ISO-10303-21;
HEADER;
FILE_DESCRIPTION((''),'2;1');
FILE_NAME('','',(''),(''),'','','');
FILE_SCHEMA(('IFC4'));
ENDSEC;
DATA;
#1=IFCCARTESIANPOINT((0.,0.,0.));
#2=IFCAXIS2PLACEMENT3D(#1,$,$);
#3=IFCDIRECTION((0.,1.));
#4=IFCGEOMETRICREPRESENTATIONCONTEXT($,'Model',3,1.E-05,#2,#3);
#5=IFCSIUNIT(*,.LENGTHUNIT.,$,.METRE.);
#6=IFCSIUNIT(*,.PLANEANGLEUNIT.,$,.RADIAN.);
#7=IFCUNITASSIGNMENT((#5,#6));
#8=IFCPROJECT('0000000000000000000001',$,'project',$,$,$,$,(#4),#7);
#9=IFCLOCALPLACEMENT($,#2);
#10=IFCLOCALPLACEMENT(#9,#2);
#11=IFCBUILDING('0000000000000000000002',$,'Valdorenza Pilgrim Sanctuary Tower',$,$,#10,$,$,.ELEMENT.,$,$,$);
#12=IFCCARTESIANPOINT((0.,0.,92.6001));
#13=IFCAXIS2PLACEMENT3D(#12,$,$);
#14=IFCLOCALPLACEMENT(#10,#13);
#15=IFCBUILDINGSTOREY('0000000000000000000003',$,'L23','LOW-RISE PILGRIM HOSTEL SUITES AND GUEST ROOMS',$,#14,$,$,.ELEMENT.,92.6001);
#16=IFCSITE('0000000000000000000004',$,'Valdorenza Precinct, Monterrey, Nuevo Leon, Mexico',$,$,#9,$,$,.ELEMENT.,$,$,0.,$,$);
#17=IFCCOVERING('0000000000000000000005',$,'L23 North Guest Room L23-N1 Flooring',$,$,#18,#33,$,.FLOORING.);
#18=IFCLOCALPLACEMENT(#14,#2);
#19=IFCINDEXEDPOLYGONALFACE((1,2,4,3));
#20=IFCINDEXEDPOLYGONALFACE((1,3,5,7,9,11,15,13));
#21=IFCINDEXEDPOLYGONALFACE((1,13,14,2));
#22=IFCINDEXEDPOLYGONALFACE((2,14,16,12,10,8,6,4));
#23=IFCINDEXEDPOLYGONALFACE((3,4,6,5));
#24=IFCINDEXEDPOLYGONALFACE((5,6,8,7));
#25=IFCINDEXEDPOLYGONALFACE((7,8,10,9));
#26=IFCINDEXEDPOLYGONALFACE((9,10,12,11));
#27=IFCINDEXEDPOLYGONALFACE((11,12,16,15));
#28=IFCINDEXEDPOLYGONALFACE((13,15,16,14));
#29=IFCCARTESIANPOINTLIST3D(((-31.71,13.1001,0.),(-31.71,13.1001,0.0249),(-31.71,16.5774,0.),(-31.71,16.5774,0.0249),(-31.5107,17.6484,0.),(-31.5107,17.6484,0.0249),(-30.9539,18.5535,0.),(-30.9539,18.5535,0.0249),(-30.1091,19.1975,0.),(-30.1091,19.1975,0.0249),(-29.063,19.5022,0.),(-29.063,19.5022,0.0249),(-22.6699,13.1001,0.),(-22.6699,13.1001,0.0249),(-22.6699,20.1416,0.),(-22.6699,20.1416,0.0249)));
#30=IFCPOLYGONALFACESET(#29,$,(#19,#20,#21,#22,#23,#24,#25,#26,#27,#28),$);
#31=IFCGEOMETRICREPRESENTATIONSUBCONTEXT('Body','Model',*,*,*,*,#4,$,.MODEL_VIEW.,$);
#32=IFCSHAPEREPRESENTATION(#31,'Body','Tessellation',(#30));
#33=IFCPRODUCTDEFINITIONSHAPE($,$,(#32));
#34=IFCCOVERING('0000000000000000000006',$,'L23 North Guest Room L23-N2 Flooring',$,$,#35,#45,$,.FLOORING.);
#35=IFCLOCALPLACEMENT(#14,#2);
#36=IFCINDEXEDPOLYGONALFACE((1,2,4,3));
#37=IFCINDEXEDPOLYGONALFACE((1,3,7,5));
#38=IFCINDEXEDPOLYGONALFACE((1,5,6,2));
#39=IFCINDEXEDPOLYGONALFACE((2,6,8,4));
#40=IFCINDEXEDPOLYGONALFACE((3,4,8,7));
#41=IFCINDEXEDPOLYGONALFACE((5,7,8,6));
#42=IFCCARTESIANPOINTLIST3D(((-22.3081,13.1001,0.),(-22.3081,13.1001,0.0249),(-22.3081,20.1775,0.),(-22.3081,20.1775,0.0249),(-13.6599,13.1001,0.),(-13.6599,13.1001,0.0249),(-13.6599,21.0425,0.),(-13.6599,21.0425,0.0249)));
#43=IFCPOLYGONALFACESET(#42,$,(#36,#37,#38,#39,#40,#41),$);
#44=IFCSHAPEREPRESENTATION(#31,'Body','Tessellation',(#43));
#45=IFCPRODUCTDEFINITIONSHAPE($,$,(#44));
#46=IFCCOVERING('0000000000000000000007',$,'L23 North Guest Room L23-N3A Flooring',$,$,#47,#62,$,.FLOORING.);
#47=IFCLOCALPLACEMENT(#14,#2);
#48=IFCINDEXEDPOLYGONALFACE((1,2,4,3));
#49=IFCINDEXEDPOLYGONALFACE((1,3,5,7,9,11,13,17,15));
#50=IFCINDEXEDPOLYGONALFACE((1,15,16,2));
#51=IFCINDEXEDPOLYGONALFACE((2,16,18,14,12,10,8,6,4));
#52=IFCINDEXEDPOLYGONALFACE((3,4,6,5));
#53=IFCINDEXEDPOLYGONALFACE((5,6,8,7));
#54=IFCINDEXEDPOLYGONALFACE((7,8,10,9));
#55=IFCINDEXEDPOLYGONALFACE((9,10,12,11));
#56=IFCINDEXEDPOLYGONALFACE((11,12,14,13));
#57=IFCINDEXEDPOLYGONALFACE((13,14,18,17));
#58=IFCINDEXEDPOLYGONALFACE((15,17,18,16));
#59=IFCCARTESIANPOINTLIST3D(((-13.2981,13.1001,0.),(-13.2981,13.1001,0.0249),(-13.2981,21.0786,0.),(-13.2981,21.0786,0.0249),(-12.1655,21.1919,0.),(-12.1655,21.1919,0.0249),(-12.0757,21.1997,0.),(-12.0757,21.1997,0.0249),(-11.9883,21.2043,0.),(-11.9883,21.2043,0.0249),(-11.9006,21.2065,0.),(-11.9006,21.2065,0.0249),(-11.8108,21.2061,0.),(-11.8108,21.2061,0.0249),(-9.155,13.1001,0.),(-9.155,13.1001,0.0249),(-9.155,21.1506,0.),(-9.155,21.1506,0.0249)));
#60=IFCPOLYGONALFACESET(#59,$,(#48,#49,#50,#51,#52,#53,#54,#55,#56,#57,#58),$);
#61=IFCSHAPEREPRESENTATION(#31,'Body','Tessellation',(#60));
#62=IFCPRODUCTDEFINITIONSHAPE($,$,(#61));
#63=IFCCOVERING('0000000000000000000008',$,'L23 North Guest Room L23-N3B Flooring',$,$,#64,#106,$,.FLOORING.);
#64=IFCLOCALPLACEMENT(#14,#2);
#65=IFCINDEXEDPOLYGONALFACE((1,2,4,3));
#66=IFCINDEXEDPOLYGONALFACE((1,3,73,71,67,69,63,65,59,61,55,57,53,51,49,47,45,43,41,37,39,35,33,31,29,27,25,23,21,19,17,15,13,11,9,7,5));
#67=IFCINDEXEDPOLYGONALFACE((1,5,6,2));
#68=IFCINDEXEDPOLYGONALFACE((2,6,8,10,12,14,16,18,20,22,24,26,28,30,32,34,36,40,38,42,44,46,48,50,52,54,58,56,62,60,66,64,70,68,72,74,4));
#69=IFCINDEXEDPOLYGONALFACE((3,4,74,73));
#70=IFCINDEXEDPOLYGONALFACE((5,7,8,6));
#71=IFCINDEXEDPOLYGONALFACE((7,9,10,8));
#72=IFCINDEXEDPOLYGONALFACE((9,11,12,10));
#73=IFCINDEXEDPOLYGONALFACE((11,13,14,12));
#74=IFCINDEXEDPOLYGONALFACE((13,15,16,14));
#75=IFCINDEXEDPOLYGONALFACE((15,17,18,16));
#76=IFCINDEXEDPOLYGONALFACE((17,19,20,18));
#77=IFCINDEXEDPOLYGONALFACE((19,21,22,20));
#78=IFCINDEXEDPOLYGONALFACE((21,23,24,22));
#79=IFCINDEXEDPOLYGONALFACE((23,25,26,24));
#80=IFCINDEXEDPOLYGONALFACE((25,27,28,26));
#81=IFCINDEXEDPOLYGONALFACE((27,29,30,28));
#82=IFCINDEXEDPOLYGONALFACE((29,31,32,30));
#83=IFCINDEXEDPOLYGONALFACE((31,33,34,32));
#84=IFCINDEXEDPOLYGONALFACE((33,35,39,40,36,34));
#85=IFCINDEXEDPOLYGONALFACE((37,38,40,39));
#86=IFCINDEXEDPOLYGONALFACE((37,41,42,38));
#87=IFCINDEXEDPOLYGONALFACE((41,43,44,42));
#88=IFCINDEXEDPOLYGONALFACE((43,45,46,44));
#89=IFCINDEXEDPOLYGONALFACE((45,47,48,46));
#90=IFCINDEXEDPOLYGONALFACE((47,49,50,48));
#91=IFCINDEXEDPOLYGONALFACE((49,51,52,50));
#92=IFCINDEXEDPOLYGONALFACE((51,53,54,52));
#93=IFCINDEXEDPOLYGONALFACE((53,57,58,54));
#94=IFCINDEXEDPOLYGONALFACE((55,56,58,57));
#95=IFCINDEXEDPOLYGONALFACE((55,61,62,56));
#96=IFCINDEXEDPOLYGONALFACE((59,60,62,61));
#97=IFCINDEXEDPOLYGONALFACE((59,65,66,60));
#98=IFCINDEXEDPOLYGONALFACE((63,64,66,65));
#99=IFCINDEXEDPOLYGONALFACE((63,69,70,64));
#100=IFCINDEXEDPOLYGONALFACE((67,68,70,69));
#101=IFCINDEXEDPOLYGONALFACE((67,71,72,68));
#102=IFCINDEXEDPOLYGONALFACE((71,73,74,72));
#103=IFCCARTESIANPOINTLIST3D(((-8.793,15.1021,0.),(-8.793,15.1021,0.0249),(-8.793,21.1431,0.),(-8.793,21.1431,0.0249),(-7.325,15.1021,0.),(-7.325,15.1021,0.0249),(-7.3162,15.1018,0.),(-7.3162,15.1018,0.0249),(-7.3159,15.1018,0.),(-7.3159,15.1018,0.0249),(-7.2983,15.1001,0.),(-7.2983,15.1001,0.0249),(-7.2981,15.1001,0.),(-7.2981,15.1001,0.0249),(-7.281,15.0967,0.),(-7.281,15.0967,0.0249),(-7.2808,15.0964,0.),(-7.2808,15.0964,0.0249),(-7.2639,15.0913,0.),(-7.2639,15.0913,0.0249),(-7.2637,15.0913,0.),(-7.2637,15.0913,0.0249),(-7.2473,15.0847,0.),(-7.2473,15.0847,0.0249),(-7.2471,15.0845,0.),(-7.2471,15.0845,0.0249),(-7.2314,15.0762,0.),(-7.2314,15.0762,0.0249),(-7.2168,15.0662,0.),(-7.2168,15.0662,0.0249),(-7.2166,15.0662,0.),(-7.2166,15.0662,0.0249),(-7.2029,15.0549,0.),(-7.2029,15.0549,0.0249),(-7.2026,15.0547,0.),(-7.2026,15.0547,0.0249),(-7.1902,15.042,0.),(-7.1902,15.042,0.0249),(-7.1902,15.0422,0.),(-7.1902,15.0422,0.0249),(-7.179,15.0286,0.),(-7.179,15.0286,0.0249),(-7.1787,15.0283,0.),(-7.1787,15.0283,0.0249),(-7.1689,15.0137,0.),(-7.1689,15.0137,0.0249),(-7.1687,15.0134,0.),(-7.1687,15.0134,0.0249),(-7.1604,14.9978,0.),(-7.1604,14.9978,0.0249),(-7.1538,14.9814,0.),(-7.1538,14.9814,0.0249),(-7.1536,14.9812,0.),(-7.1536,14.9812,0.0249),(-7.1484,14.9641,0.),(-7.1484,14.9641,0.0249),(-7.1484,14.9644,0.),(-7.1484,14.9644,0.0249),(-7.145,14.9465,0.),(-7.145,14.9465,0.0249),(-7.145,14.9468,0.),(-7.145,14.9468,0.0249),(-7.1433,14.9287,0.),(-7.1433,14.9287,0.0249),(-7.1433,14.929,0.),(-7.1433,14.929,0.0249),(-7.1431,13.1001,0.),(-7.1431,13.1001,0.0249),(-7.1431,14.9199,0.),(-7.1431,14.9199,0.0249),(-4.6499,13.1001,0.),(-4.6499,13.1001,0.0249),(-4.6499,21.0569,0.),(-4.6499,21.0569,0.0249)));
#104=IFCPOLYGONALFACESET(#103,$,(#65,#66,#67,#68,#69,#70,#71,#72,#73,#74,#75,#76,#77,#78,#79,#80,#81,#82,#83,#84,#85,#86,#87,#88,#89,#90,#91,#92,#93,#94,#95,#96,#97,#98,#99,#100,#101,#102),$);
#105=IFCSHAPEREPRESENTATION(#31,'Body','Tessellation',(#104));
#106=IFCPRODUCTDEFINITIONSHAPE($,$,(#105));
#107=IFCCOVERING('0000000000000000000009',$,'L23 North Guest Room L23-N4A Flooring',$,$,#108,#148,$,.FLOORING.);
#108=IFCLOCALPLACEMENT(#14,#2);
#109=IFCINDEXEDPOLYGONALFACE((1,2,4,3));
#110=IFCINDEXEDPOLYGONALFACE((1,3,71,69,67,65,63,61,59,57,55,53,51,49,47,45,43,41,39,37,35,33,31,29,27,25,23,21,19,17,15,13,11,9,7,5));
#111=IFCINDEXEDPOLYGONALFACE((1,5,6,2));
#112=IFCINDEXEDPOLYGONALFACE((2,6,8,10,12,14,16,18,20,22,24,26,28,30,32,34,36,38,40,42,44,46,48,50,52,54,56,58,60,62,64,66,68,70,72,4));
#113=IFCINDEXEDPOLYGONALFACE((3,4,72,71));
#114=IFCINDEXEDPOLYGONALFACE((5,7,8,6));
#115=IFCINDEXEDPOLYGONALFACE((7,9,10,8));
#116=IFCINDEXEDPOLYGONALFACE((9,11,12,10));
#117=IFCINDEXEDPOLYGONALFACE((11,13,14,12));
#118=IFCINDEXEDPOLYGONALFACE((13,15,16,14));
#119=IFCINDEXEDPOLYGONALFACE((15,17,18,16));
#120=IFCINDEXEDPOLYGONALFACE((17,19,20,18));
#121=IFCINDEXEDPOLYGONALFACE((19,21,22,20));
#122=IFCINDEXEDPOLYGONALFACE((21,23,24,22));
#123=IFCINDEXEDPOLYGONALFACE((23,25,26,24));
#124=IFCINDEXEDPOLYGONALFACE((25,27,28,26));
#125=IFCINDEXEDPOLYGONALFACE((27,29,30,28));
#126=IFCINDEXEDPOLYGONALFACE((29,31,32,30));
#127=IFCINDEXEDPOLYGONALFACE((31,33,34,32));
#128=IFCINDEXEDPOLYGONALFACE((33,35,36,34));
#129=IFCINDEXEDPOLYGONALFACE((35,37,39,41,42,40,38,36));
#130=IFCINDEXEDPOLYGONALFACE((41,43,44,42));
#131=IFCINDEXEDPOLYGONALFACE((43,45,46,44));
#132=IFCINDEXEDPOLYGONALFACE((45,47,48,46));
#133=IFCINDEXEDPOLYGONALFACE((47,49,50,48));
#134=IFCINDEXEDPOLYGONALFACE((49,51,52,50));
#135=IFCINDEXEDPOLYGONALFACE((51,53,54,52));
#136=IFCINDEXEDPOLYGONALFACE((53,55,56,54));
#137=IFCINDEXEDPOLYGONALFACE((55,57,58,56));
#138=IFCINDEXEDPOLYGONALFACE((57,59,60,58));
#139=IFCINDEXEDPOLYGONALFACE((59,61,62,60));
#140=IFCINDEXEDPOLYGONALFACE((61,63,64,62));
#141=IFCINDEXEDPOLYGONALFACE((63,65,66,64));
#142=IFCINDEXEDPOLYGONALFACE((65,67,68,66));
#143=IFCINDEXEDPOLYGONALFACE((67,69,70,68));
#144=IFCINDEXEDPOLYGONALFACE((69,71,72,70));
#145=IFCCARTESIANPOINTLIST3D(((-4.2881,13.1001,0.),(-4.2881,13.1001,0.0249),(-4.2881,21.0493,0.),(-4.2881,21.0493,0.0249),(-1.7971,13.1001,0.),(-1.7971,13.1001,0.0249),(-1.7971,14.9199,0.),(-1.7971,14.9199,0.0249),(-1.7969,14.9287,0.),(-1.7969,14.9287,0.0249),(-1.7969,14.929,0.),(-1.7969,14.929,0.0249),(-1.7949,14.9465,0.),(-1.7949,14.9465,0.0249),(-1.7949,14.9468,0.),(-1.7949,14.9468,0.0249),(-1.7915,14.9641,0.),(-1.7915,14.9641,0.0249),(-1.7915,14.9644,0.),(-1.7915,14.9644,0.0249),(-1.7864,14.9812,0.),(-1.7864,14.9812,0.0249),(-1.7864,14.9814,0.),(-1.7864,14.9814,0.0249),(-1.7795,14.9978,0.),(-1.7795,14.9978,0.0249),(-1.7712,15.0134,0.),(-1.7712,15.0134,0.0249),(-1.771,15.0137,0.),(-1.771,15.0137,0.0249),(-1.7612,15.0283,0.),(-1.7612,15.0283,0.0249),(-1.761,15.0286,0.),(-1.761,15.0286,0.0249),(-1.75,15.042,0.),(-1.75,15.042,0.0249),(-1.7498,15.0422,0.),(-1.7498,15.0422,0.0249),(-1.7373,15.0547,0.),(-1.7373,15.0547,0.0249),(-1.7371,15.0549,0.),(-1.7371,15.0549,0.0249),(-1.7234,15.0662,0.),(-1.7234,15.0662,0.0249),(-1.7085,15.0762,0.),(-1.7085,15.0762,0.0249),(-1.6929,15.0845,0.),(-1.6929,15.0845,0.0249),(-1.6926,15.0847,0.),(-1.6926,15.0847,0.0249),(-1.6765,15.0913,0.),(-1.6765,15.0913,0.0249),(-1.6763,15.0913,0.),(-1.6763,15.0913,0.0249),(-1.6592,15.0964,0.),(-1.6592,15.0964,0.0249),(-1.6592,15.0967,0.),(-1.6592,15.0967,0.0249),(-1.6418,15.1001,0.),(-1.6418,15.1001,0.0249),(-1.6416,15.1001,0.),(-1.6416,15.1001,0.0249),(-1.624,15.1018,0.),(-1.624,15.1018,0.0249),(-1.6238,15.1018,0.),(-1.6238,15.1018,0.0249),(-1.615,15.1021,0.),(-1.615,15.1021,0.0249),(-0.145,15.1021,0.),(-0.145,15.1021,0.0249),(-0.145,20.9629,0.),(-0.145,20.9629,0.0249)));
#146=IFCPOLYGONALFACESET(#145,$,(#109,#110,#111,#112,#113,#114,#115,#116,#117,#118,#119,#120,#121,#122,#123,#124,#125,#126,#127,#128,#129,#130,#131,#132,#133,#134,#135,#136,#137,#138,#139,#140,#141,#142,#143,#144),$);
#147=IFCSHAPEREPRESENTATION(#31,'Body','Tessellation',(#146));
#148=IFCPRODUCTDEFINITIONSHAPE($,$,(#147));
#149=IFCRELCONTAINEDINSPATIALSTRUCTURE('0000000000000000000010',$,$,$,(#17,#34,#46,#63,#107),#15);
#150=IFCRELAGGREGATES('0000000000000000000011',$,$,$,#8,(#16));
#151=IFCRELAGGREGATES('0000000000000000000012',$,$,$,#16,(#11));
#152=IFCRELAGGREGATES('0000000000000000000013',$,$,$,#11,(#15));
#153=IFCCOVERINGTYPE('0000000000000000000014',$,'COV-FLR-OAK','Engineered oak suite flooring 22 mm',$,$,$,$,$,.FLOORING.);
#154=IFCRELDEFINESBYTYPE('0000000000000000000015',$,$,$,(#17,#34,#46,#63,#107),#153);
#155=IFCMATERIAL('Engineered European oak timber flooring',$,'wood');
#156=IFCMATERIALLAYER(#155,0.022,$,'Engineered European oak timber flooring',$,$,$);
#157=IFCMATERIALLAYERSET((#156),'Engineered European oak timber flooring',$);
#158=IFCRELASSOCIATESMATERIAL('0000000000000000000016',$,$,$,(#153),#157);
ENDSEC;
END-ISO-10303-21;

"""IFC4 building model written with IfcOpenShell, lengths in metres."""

from ifc_helpers import new_model, si_unit, direction, frame, origin, place, context, subcontext, project, spatial, polyline, outline, extrude, material, layer, layer_set, type_object, element, save


model = new_model("IFC4")

# Units and contexts
model_context = context("Model", 3, precision=1e-05, world=origin(), true_north=direction((0.0, 1.0)))
body_context = subcontext(model_context, "Body", "Model", "MODEL_VIEW")
ifc_project = project(units=[si_unit("LENGTHUNIT", "METRE"), si_unit("PLANEANGLEUNIT", "RADIAN")], contexts=[model_context])

# Site, building, storey
site_placement = place(None, origin())
site = spatial("IfcSite", under=ifc_project, at=site_placement, Name="Valdorenza Precinct, Monterrey, Nuevo Leon, Mexico", CompositionType="ELEMENT", RefElevation=0.0)
building_placement = place(site_placement, origin())
building = spatial("IfcBuilding", under=site, at=building_placement, Name="Valdorenza Pilgrim Sanctuary Tower", CompositionType="ELEMENT")
storey_placement = place(building_placement, frame((0.0, 0.0, 92.6001)))
storey = spatial("IfcBuildingStorey", under=building, at=storey_placement, Name="L23", Description="LOW-RISE PILGRIM HOSTEL SUITES AND GUEST ROOMS", CompositionType="ELEMENT", Elevation=92.6001)

# Coverings
ifc_material_1 = material(Name="Engineered European oak timber flooring", Category="wood")
ifc_layer_1 = layer(ifc_material_1, 0.022, Name="Engineered European oak timber flooring")
ifc_layer_set_1 = layer_set([ifc_layer_1], Name="Engineered European oak timber flooring")
covering_type_1 = type_object("IfcCoveringType", Name="COV-FLR-OAK", Description="Engineered oak suite flooring 22 mm", PredefinedType="FLOORING", material=ifc_layer_set_1)
covering_1_placement = place(storey_placement, origin())
element("IfcCovering", 1, at=covering_1_placement, inside=storey, type_object=covering_type_1, Name="L23 North Guest Room L23-N1 Flooring", PredefinedType="FLOORING", context=body_context, shape_type="SweptSolid", body=[
    extrude(outline(polyline([(-31.5107, 17.6484), (-30.9539, 18.5535), (-30.1091, 19.1975), (-29.063, 19.5022), (-22.6699, 20.1416), (-22.6699, 13.1001), (-31.71, 13.1001), (-31.71, 16.5774), (-31.5107, 17.6484)])), origin(), (0.0, 0.0, 1.0), 0.0249),
])
covering_2_placement = place(storey_placement, origin())
element("IfcCovering", 2, at=covering_2_placement, inside=storey, type_object=covering_type_1, Name="L23 North Guest Room L23-N2 Flooring", PredefinedType="FLOORING", context=body_context, shape_type="SweptSolid", body=[
    extrude(outline(polyline([(-13.6599, 21.0425), (-13.6599, 13.1001), (-22.3081, 13.1001), (-22.3081, 20.1775), (-13.6599, 21.0425)])), origin(), (0.0, 0.0, 1.0), 0.0249),
])
covering_3_placement = place(storey_placement, origin())
element("IfcCovering", 3, at=covering_3_placement, inside=storey, type_object=covering_type_1, Name="L23 North Guest Room L23-N3A Flooring", PredefinedType="FLOORING", context=body_context, shape_type="SweptSolid", body=[
    extrude(outline(polyline([(-12.1655, 21.1919), (-12.0757, 21.1997), (-11.9883, 21.2043), (-11.9006, 21.2065), (-11.8108, 21.2061), (-9.155, 21.1506), (-9.155, 13.1001), (-13.2981, 13.1001), (-13.2981, 21.0786), (-12.1655, 21.1919)])), origin(), (0.0, 0.0, 1.0), 0.0249),
])
covering_4_placement = place(storey_placement, origin())
element("IfcCovering", 4, at=covering_4_placement, inside=storey, type_object=covering_type_1, Name="L23 North Guest Room L23-N3B Flooring", PredefinedType="FLOORING", context=body_context, shape_type="SweptSolid", body=[
    extrude(outline(polyline([(-7.1431, 13.1001), (-7.1431, 14.9199), (-7.1433, 14.9287), (-7.1433, 14.929), (-7.145, 14.9465), (-7.145, 14.9468), (-7.1484, 14.9641), (-7.1484, 14.9644), (-7.1536, 14.9812), (-7.1538, 14.9814), (-7.1604, 14.9978), (-7.1604, 14.9978), (-7.1687, 15.0134), (-7.1689, 15.0137), (-7.1787, 15.0283), (-7.179, 15.0286), (-7.1902, 15.042), (-7.1902, 15.0422), (-7.2026, 15.0547), (-7.2029, 15.0549), (-7.2166, 15.0662), (-7.2168, 15.0662), (-7.2314, 15.0762), (-7.2314, 15.0762), (-7.2471, 15.0845), (-7.2473, 15.0847), (-7.2637, 15.0913), (-7.2639, 15.0913), (-7.2808, 15.0964), (-7.281, 15.0967), (-7.2981, 15.1001), (-7.2983, 15.1001), (-7.3159, 15.1018), (-7.3162, 15.1018), (-7.325, 15.1021), (-8.793, 15.1021), (-8.793, 21.1431), (-4.6499, 21.0569), (-4.6499, 13.1001), (-7.1431, 13.1001)])), origin(), (0.0, 0.0, 1.0), 0.0249),
])
covering_5_placement = place(storey_placement, origin())
element("IfcCovering", 5, at=covering_5_placement, inside=storey, type_object=covering_type_1, Name="L23 North Guest Room L23-N4A Flooring", PredefinedType="FLOORING", context=body_context, shape_type="SweptSolid", body=[
    extrude(outline(polyline([(-0.145, 20.9629), (-0.145, 15.1021), (-1.615, 15.1021), (-1.6238, 15.1018), (-1.624, 15.1018), (-1.6416, 15.1001), (-1.6418, 15.1001), (-1.6592, 15.0967), (-1.6592, 15.0964), (-1.6763, 15.0913), (-1.6765, 15.0913), (-1.6926, 15.0847), (-1.6929, 15.0845), (-1.7085, 15.0762), (-1.7085, 15.0762), (-1.7234, 15.0662), (-1.7234, 15.0662), (-1.7371, 15.0549), (-1.7373, 15.0547), (-1.7498, 15.0422), (-1.75, 15.042), (-1.761, 15.0286), (-1.7612, 15.0283), (-1.771, 15.0137), (-1.7712, 15.0134), (-1.7795, 14.9978), (-1.7795, 14.9978), (-1.7864, 14.9814), (-1.7864, 14.9812), (-1.7915, 14.9644), (-1.7915, 14.9641), (-1.7949, 14.9468), (-1.7949, 14.9465), (-1.7969, 14.929), (-1.7969, 14.9287), (-1.7971, 14.9199), (-1.7971, 13.1001), (-4.2881, 13.1001), (-4.2881, 21.0493), (-0.145, 20.9629)])), origin(), (0.0, 0.0, 1.0), 0.0249),
])

save(model, "model.ifc")
